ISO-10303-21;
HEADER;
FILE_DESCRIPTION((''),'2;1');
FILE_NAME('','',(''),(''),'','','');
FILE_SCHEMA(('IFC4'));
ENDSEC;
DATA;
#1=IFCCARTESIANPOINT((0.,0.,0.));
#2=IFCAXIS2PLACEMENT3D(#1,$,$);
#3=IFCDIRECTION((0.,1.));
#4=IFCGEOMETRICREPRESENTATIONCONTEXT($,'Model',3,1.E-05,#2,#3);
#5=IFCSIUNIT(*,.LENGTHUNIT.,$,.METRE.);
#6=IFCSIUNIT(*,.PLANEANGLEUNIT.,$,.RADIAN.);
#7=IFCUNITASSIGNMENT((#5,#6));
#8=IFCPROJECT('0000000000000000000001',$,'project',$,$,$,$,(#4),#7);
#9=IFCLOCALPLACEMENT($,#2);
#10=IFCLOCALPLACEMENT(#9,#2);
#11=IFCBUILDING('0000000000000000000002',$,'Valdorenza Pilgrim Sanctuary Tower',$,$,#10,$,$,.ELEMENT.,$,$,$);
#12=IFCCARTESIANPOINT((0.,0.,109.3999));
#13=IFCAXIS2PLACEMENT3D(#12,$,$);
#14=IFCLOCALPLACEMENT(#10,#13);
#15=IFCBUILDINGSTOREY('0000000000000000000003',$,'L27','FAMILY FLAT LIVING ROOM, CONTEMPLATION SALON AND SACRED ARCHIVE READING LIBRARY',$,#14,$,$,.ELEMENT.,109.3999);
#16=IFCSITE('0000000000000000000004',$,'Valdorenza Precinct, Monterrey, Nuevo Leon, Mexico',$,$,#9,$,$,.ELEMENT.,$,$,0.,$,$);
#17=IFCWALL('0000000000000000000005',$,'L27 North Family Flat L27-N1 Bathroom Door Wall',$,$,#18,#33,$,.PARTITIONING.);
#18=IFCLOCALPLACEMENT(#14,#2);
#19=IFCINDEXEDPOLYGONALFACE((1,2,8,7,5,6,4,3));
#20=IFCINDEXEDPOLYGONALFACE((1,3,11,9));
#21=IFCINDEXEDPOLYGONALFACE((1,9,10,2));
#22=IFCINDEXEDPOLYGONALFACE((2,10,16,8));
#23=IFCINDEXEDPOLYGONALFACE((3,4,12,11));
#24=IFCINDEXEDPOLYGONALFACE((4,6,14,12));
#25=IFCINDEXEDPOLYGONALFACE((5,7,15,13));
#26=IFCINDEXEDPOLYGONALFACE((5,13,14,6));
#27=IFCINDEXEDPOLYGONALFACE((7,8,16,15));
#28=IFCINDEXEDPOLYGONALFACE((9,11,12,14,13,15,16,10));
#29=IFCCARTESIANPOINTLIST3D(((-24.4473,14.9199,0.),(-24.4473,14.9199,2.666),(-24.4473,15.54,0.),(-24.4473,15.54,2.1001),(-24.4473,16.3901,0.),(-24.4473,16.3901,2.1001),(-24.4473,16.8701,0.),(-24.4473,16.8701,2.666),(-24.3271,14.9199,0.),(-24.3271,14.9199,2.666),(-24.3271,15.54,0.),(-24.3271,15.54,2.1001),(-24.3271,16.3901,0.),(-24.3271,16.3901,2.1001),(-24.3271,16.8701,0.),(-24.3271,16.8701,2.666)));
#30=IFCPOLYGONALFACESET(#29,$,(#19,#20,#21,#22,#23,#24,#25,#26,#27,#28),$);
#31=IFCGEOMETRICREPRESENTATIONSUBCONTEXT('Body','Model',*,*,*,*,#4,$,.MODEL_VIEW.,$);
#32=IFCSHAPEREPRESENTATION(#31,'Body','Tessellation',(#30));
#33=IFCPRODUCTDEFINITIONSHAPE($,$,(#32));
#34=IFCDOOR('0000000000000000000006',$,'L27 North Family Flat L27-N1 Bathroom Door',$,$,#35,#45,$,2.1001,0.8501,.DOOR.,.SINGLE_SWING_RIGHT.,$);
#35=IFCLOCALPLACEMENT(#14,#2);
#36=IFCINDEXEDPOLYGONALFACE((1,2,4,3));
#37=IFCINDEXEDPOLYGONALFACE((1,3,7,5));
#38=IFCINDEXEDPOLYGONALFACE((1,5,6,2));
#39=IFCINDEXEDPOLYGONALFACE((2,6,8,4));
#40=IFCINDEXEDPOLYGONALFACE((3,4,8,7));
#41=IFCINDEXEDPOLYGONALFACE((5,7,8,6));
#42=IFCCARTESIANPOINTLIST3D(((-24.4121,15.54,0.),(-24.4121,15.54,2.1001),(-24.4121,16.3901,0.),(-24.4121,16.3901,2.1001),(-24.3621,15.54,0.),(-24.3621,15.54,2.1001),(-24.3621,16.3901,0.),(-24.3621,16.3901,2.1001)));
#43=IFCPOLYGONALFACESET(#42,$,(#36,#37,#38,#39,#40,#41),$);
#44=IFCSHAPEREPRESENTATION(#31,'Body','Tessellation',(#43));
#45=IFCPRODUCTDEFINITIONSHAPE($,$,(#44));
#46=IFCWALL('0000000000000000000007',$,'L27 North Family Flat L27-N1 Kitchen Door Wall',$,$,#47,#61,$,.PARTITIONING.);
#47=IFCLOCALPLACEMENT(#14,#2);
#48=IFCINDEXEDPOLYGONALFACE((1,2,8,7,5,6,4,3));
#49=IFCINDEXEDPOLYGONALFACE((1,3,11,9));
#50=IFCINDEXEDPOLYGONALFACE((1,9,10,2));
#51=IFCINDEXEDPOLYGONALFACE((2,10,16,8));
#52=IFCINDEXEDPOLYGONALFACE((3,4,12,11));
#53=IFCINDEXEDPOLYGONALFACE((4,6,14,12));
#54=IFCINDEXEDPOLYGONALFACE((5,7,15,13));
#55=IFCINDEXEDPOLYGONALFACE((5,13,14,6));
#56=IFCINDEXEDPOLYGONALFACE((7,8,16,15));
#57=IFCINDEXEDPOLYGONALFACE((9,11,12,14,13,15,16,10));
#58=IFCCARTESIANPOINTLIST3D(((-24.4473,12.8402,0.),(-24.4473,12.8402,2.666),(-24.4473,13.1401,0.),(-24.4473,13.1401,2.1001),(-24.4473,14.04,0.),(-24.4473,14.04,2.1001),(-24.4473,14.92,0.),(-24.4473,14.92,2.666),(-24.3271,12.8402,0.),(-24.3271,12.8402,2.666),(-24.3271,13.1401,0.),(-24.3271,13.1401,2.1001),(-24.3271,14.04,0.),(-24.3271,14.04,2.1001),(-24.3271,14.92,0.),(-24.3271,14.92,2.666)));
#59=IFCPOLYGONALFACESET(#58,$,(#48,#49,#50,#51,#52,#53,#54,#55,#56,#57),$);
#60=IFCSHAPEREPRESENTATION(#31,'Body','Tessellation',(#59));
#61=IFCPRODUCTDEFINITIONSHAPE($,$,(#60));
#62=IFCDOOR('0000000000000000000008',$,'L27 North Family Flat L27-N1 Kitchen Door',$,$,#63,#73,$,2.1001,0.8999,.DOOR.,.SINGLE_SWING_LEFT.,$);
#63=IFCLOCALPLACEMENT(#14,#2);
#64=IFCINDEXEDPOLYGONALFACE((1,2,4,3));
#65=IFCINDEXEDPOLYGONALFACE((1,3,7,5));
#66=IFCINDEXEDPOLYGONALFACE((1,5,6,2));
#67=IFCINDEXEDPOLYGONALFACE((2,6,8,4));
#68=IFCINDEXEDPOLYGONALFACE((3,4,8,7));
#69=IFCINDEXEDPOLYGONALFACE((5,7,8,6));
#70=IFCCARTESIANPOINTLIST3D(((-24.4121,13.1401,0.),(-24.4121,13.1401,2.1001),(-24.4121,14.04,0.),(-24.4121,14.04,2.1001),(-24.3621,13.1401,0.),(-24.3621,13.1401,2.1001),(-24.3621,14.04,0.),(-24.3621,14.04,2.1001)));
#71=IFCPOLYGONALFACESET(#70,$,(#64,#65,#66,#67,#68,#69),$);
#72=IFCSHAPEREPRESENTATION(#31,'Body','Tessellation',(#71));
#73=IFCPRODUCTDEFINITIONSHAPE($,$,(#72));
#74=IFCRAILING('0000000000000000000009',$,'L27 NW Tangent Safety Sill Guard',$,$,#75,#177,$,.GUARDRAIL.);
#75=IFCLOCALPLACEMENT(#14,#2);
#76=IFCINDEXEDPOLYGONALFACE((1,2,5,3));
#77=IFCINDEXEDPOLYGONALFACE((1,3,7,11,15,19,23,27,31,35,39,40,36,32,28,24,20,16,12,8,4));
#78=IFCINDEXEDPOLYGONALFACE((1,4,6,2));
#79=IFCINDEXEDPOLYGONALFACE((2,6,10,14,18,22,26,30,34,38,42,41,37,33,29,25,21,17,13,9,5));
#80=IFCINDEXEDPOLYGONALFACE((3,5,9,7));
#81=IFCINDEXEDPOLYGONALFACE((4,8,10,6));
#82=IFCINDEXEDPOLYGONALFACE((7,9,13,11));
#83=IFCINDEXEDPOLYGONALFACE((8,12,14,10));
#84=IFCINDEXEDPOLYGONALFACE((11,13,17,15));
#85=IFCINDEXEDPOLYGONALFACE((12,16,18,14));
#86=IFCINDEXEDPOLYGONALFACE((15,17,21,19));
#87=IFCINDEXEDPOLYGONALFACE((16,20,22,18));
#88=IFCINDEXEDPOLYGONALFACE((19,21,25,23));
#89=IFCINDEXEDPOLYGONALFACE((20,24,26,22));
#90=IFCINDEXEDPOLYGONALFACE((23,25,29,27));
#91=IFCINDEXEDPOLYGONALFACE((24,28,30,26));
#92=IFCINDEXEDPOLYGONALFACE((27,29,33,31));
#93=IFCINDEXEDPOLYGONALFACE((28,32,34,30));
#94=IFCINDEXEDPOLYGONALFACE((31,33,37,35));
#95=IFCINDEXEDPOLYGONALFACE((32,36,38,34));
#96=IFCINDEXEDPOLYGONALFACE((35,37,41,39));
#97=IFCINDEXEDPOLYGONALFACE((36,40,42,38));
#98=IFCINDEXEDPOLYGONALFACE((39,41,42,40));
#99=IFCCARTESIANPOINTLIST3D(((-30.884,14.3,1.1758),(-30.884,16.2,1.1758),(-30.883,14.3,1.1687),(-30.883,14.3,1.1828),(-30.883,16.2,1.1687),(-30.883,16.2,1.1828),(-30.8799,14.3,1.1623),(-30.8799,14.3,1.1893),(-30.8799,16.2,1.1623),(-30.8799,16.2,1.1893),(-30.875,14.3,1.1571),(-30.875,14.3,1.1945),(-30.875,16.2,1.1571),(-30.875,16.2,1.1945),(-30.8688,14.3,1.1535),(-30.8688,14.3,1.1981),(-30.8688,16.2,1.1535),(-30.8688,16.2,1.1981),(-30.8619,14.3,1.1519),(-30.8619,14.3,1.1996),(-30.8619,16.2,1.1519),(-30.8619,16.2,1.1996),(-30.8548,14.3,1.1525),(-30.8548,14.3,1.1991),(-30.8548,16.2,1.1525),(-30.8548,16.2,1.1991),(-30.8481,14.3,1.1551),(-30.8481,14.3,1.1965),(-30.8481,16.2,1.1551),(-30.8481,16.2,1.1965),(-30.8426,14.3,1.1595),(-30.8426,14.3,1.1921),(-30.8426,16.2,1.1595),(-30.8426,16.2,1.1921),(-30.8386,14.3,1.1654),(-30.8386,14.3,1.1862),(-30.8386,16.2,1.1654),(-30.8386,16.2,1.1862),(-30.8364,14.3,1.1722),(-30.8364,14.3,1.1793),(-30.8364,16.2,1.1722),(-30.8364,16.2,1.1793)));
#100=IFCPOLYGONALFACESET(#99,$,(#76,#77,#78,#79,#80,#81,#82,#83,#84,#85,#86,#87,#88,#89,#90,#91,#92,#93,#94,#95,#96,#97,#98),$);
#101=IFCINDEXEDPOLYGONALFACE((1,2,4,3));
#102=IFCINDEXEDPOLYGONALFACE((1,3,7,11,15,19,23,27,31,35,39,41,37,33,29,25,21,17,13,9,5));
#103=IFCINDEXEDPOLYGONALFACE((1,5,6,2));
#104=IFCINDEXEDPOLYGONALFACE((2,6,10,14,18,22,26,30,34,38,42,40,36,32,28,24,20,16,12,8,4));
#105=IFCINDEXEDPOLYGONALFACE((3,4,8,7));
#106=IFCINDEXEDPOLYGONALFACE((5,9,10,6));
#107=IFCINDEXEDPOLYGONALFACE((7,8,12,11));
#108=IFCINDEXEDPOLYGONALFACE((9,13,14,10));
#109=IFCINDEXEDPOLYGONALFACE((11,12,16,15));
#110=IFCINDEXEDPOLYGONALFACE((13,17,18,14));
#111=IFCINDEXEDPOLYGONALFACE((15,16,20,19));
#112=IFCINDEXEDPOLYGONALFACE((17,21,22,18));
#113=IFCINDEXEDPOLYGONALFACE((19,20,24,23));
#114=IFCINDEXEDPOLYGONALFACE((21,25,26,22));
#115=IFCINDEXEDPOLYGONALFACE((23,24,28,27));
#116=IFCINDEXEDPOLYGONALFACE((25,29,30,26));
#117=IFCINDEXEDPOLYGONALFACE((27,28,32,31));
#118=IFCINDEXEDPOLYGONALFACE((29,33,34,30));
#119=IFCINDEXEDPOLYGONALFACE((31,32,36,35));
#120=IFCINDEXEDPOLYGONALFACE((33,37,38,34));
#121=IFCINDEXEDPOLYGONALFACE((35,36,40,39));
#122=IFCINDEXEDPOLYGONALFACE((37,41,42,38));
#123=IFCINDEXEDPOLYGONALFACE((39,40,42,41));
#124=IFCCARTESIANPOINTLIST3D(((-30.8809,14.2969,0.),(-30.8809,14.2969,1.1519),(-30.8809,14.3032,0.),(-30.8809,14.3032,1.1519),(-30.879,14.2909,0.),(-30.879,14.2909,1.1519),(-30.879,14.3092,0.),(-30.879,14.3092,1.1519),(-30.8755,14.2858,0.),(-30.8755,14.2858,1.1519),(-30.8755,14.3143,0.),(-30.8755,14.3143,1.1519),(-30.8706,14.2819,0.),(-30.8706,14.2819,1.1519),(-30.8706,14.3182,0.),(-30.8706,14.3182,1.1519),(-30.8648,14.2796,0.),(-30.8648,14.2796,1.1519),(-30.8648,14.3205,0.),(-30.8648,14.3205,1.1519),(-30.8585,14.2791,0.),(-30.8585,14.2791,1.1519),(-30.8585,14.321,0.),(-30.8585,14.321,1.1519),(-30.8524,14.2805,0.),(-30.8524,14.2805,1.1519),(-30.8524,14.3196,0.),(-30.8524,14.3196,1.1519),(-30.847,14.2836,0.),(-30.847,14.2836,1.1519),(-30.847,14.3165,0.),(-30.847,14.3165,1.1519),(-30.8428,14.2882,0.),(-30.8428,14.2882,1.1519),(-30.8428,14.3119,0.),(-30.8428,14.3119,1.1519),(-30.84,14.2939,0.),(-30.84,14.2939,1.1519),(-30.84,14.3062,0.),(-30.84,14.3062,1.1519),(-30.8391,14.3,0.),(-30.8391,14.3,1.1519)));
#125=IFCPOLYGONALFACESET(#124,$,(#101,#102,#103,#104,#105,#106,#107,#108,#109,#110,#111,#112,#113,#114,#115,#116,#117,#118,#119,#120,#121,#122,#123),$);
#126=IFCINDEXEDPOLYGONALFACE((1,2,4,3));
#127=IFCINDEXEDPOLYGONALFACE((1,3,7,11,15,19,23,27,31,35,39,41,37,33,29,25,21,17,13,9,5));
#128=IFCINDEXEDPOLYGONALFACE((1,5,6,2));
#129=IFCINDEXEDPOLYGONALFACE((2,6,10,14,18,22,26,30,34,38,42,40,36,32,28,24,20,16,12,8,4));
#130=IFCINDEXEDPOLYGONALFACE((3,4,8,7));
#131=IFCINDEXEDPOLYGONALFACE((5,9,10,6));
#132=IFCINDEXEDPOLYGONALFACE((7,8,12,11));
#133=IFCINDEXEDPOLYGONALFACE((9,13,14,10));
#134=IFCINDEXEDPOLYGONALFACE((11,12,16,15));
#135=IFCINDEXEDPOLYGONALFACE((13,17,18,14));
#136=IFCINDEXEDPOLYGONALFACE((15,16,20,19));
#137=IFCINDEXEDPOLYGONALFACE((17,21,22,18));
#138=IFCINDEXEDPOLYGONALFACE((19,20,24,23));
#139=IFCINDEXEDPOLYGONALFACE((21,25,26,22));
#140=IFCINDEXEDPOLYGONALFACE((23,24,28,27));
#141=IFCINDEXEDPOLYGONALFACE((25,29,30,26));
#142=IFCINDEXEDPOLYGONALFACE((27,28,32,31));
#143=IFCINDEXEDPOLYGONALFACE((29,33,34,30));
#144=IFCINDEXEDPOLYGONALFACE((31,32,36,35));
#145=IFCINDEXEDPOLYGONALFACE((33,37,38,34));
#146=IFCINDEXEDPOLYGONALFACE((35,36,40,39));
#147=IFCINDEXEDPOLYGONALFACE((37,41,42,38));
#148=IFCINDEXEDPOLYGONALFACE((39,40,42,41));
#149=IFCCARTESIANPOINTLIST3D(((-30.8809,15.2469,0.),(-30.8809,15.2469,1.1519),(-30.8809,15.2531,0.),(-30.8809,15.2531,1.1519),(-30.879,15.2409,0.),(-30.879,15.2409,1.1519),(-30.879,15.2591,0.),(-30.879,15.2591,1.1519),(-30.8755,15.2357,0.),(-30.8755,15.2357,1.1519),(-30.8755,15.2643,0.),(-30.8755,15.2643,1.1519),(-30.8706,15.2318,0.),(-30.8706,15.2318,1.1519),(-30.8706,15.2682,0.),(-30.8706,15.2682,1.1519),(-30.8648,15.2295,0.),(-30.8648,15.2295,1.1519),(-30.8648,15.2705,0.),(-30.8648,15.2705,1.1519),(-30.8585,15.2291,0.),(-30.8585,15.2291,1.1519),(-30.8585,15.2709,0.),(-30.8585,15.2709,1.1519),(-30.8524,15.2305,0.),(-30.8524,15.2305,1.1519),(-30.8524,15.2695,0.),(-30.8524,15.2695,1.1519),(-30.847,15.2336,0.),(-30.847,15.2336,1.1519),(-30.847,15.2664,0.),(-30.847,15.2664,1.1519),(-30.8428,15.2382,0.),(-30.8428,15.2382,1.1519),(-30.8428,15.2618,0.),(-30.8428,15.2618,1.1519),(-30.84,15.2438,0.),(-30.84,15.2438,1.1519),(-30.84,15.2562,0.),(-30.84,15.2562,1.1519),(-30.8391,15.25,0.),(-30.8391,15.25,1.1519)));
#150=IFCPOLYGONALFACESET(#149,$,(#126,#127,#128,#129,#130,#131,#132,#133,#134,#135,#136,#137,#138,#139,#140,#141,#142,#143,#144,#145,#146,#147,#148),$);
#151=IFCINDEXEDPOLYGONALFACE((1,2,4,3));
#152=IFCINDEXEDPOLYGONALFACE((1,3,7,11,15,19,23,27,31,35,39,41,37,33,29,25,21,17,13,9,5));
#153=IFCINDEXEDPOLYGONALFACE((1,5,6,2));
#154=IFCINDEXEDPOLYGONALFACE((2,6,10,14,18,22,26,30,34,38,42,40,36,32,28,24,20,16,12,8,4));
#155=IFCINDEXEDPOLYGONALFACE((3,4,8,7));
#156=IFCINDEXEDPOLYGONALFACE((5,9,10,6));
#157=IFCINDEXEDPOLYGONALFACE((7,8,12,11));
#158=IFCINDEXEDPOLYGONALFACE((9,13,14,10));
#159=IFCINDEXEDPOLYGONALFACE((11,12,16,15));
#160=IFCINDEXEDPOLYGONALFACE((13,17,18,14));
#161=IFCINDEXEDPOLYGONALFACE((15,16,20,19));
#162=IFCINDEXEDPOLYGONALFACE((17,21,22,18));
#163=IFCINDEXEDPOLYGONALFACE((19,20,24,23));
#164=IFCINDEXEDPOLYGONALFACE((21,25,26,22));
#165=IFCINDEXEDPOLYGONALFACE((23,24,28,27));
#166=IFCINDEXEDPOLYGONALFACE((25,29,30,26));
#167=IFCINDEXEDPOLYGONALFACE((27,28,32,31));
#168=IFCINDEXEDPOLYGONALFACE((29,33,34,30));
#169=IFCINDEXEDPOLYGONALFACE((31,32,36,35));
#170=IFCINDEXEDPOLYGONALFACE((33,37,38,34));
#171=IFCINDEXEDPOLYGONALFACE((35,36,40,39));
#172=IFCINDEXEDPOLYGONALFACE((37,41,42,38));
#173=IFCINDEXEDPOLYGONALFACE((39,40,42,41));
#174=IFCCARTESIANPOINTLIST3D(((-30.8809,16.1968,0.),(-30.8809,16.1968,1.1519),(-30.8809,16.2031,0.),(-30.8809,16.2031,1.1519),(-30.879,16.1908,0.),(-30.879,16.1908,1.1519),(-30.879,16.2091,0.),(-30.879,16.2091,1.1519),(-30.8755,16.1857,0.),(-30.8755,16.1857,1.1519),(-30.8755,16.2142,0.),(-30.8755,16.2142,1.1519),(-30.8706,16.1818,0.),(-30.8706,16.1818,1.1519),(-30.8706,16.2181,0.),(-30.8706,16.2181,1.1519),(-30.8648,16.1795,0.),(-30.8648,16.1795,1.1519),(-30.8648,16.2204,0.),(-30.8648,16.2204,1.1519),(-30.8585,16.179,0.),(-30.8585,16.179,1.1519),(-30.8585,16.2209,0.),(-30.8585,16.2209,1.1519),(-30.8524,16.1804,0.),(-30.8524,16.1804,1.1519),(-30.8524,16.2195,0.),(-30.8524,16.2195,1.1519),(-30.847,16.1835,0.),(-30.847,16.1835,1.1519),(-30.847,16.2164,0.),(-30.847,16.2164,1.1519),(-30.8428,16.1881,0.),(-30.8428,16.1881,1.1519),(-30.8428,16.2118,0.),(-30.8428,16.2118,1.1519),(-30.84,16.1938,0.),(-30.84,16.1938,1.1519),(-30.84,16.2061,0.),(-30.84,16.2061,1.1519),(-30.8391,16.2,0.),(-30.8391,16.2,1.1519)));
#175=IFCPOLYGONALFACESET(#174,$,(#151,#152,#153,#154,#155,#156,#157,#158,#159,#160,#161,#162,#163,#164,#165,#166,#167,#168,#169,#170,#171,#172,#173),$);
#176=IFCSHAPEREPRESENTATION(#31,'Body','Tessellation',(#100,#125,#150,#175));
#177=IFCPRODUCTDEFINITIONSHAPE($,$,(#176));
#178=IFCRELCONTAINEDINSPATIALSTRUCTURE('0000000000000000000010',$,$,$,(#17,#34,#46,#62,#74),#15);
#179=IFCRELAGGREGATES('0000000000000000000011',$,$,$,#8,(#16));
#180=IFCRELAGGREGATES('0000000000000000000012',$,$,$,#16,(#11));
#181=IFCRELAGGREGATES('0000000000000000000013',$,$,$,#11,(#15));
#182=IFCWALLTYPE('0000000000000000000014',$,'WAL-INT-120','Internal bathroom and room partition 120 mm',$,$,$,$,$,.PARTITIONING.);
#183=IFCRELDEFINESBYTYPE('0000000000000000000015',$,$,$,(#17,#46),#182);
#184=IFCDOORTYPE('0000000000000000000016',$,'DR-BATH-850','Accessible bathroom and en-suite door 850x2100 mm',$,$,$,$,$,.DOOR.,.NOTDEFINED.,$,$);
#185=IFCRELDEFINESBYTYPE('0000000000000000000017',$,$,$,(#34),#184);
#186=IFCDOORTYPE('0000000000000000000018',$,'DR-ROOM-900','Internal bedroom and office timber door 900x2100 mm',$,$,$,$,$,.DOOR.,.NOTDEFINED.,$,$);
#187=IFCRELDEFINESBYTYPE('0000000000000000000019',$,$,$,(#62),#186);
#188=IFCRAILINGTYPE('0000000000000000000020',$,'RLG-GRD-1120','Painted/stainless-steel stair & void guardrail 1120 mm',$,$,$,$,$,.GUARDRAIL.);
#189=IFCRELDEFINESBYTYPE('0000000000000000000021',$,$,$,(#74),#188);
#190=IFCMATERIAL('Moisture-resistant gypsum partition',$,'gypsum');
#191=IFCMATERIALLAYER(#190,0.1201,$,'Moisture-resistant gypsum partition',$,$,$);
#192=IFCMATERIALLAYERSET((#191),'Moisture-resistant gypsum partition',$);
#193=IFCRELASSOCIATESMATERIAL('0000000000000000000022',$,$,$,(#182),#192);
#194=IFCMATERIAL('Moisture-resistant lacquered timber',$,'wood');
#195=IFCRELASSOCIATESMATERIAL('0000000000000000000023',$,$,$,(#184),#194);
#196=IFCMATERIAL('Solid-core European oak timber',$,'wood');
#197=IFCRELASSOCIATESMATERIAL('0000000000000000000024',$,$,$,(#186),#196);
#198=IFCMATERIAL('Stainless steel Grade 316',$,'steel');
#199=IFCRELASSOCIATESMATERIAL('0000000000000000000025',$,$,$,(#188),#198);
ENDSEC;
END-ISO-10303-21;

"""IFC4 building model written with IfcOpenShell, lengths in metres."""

from ifc_helpers import new_model, si_unit, direction, frame, frame_2d, origin, origin_2d, place, context, subcontext, project, spatial, rectangle, circle, extrude, material, layer, layer_set, type_object, element, fill, save


model = new_model("IFC4")

# Units and contexts
model_context = context("Model", 3, precision=1e-05, world=origin(), true_north=direction((0.0, 1.0)))
body_context = subcontext(model_context, "Body", "Model", "MODEL_VIEW")
ifc_project = project(units=[si_unit("LENGTHUNIT", "METRE"), si_unit("PLANEANGLEUNIT", "RADIAN")], contexts=[model_context])

# Site, building, storey
site_placement = place(None, origin())
site = spatial("IfcSite", under=ifc_project, at=site_placement, Name="Valdorenza Precinct, Monterrey, Nuevo Leon, Mexico", CompositionType="ELEMENT", RefElevation=0.0)
building_placement = place(site_placement, origin())
building = spatial("IfcBuilding", under=site, at=building_placement, Name="Valdorenza Pilgrim Sanctuary Tower", CompositionType="ELEMENT")
storey_placement = place(building_placement, frame((0.0, 0.0, 109.3999)))
storey = spatial("IfcBuildingStorey", under=building, at=storey_placement, Name="L27", Description="FAMILY FLAT LIVING ROOM, CONTEMPLATION SALON AND SACRED ARCHIVE READING LIBRARY", CompositionType="ELEMENT", Elevation=109.3999)

# Shared definitions
ifc_material_1 = material(Name="Solid-core European oak timber", Category="wood")

# Shared definitions
ifc_material_2 = material(Name="Moisture-resistant gypsum partition", Category="gypsum")
ifc_layer_1 = layer(ifc_material_2, 0.1201, Name="Moisture-resistant gypsum partition")
ifc_layer_set_1 = layer_set([ifc_layer_1], Name="Moisture-resistant gypsum partition")
wall_type_1 = type_object("IfcWallType", Name="WAL-INT-120", Description="Internal bathroom and room partition 120 mm", PredefinedType="PARTITIONING", material=ifc_layer_set_1)

# Walls, openings, doors
wall_1_placement = place(storey_placement, frame((-24.3872, 14.9199, 0.0), z_axis=(0.0, 0.0, 1.0), x_axis=(0.0, 1.0, 0.0)))
wall_1 = element("IfcWall", 1, at=wall_1_placement, inside=storey, type_object=wall_type_1, Name="L27 North Family Flat L27-N1 Bathroom Door Wall", PredefinedType="PARTITIONING", context=body_context, shape_type="SweptSolid", body=[
    extrude(rectangle(XDim=1.9502, YDim=0.1201, at=frame_2d((0.9751, 0.0))), origin(), (0.0, 0.0, 1.0), 2.666),
])
opening_1_placement = place(wall_1_placement, frame((0.6201, 0.0, 0.0)))
opening_1 = element("IfcOpeningElement", 2, at=opening_1_placement, cuts=wall_1, PredefinedType="OPENING", context=body_context, shape_type="SweptSolid", body=[
    extrude(rectangle(XDim=0.8501, YDim=2.1001, at=frame_2d((0.425, 1.05))), frame((0.0, 0.075, 0.0), z_axis=(0.0, -1.0, 0.0), x_axis=(1.0, 0.0, 0.0)), (0.0, 0.0, 1.0), 0.1499),
])
ifc_material_3 = material(Name="Moisture-resistant lacquered timber", Category="wood")
door_type_1 = type_object("IfcDoorType", Name="DR-BATH-850", Description="Accessible bathroom and en-suite door 850x2100 mm", OperationType="NOTDEFINED", PredefinedType="DOOR", material=ifc_material_3)
door_1_placement = place(opening_1_placement, origin())
door_1 = element("IfcDoor", 3, at=door_1_placement, inside=storey, type_object=door_type_1, Name="L27 North Family Flat L27-N1 Bathroom Door", OperationType="SINGLE_SWING_RIGHT", OverallHeight=2.1001, OverallWidth=0.8501, PredefinedType="DOOR", context=body_context, shape_type="SweptSolid", body=[
    extrude(rectangle(XDim=0.8501, YDim=2.1001, at=frame_2d((0.425, 1.05))), frame((0.0, 0.0249, 0.0), z_axis=(0.0, -1.0, 0.0), x_axis=(1.0, 0.0, 0.0)), (0.0, 0.0, 1.0), 0.05),
])
fill(opening_1, door_1)
wall_2_placement = place(storey_placement, frame((-24.3872, 12.8401, 0.0), z_axis=(0.0, 0.0, 1.0), x_axis=(0.0, 1.0, 0.0)))
wall_2 = element("IfcWall", 4, at=wall_2_placement, inside=storey, type_object=wall_type_1, Name="L27 North Family Flat L27-N1 Kitchen Door Wall", PredefinedType="PARTITIONING", context=body_context, shape_type="SweptSolid", body=[
    extrude(rectangle(XDim=2.0798, YDim=0.1201, at=frame_2d((1.04, 0.0))), origin(), (0.0, 0.0, 1.0), 2.666),
])
opening_2_placement = place(wall_2_placement, frame((0.3, 0.0, 0.0)))
opening_2 = element("IfcOpeningElement", 5, at=opening_2_placement, cuts=wall_2, PredefinedType="OPENING", context=body_context, shape_type="SweptSolid", body=[
    extrude(rectangle(XDim=0.8999, YDim=2.1001, at=frame_2d((0.45, 1.05))), frame((0.0, 0.075, 0.0), z_axis=(0.0, -1.0, 0.0), x_axis=(1.0, 0.0, 0.0)), (0.0, 0.0, 1.0), 0.1499),
])
door_type_2 = type_object("IfcDoorType", Name="DR-ROOM-900", Description="Internal bedroom and office timber door 900x2100 mm", OperationType="NOTDEFINED", PredefinedType="DOOR", material=ifc_material_1)
door_2_placement = place(opening_2_placement, origin())
door_2 = element("IfcDoor", 6, at=door_2_placement, inside=storey, type_object=door_type_2, Name="L27 North Family Flat L27-N1 Kitchen Door", OperationType="SINGLE_SWING_LEFT", OverallHeight=2.1001, OverallWidth=0.8999, PredefinedType="DOOR", context=body_context, shape_type="SweptSolid", body=[
    extrude(rectangle(XDim=0.8999, YDim=2.1001, at=frame_2d((0.45, 1.05))), frame((0.0, 0.0249, 0.0), z_axis=(0.0, -1.0, 0.0), x_axis=(1.0, 0.0, 0.0)), (0.0, 0.0, 1.0), 0.05),
])
fill(opening_2, door_2)

# Railing
ifc_material_4 = material(Name="Stainless steel Grade 316", Category="steel")
railing_type = type_object("IfcRailingType", Name="RLG-GRD-1120", Description="Painted/stainless-steel stair & void guardrail 1120 mm", PredefinedType="GUARDRAIL", material=ifc_material_4)
railing_placement = place(storey_placement, frame((-30.8601, 14.3, 0.0)))
element("IfcRailing", 7, at=railing_placement, inside=storey, type_object=railing_type, Name="L27 NW Tangent Safety Sill Guard", PredefinedType="GUARDRAIL", context=body_context, shape_type="SweptSolid", body=[
    extrude(circle(Radius=0.0239, at=origin_2d()), frame((0.0, 0.0, 1.1758), z_axis=(0.0, 1.0, 0.0), x_axis=(-1.0, 0.0, 0.0)), (0.0, 0.0, 1.0), 1.8999),
    extrude(circle(Radius=0.021, at=origin_2d()), origin(), (0.0, 0.0, 1.0), 1.1519),
    extrude(circle(Radius=0.021, at=origin_2d()), frame((0.0, 0.95, 0.0)), (0.0, 0.0, 1.0), 1.1519),
    extrude(circle(Radius=0.021, at=origin_2d()), frame((0.0, 1.8999, 0.0)), (0.0, 0.0, 1.0), 1.1519),
])

save(model, "model.ifc")
